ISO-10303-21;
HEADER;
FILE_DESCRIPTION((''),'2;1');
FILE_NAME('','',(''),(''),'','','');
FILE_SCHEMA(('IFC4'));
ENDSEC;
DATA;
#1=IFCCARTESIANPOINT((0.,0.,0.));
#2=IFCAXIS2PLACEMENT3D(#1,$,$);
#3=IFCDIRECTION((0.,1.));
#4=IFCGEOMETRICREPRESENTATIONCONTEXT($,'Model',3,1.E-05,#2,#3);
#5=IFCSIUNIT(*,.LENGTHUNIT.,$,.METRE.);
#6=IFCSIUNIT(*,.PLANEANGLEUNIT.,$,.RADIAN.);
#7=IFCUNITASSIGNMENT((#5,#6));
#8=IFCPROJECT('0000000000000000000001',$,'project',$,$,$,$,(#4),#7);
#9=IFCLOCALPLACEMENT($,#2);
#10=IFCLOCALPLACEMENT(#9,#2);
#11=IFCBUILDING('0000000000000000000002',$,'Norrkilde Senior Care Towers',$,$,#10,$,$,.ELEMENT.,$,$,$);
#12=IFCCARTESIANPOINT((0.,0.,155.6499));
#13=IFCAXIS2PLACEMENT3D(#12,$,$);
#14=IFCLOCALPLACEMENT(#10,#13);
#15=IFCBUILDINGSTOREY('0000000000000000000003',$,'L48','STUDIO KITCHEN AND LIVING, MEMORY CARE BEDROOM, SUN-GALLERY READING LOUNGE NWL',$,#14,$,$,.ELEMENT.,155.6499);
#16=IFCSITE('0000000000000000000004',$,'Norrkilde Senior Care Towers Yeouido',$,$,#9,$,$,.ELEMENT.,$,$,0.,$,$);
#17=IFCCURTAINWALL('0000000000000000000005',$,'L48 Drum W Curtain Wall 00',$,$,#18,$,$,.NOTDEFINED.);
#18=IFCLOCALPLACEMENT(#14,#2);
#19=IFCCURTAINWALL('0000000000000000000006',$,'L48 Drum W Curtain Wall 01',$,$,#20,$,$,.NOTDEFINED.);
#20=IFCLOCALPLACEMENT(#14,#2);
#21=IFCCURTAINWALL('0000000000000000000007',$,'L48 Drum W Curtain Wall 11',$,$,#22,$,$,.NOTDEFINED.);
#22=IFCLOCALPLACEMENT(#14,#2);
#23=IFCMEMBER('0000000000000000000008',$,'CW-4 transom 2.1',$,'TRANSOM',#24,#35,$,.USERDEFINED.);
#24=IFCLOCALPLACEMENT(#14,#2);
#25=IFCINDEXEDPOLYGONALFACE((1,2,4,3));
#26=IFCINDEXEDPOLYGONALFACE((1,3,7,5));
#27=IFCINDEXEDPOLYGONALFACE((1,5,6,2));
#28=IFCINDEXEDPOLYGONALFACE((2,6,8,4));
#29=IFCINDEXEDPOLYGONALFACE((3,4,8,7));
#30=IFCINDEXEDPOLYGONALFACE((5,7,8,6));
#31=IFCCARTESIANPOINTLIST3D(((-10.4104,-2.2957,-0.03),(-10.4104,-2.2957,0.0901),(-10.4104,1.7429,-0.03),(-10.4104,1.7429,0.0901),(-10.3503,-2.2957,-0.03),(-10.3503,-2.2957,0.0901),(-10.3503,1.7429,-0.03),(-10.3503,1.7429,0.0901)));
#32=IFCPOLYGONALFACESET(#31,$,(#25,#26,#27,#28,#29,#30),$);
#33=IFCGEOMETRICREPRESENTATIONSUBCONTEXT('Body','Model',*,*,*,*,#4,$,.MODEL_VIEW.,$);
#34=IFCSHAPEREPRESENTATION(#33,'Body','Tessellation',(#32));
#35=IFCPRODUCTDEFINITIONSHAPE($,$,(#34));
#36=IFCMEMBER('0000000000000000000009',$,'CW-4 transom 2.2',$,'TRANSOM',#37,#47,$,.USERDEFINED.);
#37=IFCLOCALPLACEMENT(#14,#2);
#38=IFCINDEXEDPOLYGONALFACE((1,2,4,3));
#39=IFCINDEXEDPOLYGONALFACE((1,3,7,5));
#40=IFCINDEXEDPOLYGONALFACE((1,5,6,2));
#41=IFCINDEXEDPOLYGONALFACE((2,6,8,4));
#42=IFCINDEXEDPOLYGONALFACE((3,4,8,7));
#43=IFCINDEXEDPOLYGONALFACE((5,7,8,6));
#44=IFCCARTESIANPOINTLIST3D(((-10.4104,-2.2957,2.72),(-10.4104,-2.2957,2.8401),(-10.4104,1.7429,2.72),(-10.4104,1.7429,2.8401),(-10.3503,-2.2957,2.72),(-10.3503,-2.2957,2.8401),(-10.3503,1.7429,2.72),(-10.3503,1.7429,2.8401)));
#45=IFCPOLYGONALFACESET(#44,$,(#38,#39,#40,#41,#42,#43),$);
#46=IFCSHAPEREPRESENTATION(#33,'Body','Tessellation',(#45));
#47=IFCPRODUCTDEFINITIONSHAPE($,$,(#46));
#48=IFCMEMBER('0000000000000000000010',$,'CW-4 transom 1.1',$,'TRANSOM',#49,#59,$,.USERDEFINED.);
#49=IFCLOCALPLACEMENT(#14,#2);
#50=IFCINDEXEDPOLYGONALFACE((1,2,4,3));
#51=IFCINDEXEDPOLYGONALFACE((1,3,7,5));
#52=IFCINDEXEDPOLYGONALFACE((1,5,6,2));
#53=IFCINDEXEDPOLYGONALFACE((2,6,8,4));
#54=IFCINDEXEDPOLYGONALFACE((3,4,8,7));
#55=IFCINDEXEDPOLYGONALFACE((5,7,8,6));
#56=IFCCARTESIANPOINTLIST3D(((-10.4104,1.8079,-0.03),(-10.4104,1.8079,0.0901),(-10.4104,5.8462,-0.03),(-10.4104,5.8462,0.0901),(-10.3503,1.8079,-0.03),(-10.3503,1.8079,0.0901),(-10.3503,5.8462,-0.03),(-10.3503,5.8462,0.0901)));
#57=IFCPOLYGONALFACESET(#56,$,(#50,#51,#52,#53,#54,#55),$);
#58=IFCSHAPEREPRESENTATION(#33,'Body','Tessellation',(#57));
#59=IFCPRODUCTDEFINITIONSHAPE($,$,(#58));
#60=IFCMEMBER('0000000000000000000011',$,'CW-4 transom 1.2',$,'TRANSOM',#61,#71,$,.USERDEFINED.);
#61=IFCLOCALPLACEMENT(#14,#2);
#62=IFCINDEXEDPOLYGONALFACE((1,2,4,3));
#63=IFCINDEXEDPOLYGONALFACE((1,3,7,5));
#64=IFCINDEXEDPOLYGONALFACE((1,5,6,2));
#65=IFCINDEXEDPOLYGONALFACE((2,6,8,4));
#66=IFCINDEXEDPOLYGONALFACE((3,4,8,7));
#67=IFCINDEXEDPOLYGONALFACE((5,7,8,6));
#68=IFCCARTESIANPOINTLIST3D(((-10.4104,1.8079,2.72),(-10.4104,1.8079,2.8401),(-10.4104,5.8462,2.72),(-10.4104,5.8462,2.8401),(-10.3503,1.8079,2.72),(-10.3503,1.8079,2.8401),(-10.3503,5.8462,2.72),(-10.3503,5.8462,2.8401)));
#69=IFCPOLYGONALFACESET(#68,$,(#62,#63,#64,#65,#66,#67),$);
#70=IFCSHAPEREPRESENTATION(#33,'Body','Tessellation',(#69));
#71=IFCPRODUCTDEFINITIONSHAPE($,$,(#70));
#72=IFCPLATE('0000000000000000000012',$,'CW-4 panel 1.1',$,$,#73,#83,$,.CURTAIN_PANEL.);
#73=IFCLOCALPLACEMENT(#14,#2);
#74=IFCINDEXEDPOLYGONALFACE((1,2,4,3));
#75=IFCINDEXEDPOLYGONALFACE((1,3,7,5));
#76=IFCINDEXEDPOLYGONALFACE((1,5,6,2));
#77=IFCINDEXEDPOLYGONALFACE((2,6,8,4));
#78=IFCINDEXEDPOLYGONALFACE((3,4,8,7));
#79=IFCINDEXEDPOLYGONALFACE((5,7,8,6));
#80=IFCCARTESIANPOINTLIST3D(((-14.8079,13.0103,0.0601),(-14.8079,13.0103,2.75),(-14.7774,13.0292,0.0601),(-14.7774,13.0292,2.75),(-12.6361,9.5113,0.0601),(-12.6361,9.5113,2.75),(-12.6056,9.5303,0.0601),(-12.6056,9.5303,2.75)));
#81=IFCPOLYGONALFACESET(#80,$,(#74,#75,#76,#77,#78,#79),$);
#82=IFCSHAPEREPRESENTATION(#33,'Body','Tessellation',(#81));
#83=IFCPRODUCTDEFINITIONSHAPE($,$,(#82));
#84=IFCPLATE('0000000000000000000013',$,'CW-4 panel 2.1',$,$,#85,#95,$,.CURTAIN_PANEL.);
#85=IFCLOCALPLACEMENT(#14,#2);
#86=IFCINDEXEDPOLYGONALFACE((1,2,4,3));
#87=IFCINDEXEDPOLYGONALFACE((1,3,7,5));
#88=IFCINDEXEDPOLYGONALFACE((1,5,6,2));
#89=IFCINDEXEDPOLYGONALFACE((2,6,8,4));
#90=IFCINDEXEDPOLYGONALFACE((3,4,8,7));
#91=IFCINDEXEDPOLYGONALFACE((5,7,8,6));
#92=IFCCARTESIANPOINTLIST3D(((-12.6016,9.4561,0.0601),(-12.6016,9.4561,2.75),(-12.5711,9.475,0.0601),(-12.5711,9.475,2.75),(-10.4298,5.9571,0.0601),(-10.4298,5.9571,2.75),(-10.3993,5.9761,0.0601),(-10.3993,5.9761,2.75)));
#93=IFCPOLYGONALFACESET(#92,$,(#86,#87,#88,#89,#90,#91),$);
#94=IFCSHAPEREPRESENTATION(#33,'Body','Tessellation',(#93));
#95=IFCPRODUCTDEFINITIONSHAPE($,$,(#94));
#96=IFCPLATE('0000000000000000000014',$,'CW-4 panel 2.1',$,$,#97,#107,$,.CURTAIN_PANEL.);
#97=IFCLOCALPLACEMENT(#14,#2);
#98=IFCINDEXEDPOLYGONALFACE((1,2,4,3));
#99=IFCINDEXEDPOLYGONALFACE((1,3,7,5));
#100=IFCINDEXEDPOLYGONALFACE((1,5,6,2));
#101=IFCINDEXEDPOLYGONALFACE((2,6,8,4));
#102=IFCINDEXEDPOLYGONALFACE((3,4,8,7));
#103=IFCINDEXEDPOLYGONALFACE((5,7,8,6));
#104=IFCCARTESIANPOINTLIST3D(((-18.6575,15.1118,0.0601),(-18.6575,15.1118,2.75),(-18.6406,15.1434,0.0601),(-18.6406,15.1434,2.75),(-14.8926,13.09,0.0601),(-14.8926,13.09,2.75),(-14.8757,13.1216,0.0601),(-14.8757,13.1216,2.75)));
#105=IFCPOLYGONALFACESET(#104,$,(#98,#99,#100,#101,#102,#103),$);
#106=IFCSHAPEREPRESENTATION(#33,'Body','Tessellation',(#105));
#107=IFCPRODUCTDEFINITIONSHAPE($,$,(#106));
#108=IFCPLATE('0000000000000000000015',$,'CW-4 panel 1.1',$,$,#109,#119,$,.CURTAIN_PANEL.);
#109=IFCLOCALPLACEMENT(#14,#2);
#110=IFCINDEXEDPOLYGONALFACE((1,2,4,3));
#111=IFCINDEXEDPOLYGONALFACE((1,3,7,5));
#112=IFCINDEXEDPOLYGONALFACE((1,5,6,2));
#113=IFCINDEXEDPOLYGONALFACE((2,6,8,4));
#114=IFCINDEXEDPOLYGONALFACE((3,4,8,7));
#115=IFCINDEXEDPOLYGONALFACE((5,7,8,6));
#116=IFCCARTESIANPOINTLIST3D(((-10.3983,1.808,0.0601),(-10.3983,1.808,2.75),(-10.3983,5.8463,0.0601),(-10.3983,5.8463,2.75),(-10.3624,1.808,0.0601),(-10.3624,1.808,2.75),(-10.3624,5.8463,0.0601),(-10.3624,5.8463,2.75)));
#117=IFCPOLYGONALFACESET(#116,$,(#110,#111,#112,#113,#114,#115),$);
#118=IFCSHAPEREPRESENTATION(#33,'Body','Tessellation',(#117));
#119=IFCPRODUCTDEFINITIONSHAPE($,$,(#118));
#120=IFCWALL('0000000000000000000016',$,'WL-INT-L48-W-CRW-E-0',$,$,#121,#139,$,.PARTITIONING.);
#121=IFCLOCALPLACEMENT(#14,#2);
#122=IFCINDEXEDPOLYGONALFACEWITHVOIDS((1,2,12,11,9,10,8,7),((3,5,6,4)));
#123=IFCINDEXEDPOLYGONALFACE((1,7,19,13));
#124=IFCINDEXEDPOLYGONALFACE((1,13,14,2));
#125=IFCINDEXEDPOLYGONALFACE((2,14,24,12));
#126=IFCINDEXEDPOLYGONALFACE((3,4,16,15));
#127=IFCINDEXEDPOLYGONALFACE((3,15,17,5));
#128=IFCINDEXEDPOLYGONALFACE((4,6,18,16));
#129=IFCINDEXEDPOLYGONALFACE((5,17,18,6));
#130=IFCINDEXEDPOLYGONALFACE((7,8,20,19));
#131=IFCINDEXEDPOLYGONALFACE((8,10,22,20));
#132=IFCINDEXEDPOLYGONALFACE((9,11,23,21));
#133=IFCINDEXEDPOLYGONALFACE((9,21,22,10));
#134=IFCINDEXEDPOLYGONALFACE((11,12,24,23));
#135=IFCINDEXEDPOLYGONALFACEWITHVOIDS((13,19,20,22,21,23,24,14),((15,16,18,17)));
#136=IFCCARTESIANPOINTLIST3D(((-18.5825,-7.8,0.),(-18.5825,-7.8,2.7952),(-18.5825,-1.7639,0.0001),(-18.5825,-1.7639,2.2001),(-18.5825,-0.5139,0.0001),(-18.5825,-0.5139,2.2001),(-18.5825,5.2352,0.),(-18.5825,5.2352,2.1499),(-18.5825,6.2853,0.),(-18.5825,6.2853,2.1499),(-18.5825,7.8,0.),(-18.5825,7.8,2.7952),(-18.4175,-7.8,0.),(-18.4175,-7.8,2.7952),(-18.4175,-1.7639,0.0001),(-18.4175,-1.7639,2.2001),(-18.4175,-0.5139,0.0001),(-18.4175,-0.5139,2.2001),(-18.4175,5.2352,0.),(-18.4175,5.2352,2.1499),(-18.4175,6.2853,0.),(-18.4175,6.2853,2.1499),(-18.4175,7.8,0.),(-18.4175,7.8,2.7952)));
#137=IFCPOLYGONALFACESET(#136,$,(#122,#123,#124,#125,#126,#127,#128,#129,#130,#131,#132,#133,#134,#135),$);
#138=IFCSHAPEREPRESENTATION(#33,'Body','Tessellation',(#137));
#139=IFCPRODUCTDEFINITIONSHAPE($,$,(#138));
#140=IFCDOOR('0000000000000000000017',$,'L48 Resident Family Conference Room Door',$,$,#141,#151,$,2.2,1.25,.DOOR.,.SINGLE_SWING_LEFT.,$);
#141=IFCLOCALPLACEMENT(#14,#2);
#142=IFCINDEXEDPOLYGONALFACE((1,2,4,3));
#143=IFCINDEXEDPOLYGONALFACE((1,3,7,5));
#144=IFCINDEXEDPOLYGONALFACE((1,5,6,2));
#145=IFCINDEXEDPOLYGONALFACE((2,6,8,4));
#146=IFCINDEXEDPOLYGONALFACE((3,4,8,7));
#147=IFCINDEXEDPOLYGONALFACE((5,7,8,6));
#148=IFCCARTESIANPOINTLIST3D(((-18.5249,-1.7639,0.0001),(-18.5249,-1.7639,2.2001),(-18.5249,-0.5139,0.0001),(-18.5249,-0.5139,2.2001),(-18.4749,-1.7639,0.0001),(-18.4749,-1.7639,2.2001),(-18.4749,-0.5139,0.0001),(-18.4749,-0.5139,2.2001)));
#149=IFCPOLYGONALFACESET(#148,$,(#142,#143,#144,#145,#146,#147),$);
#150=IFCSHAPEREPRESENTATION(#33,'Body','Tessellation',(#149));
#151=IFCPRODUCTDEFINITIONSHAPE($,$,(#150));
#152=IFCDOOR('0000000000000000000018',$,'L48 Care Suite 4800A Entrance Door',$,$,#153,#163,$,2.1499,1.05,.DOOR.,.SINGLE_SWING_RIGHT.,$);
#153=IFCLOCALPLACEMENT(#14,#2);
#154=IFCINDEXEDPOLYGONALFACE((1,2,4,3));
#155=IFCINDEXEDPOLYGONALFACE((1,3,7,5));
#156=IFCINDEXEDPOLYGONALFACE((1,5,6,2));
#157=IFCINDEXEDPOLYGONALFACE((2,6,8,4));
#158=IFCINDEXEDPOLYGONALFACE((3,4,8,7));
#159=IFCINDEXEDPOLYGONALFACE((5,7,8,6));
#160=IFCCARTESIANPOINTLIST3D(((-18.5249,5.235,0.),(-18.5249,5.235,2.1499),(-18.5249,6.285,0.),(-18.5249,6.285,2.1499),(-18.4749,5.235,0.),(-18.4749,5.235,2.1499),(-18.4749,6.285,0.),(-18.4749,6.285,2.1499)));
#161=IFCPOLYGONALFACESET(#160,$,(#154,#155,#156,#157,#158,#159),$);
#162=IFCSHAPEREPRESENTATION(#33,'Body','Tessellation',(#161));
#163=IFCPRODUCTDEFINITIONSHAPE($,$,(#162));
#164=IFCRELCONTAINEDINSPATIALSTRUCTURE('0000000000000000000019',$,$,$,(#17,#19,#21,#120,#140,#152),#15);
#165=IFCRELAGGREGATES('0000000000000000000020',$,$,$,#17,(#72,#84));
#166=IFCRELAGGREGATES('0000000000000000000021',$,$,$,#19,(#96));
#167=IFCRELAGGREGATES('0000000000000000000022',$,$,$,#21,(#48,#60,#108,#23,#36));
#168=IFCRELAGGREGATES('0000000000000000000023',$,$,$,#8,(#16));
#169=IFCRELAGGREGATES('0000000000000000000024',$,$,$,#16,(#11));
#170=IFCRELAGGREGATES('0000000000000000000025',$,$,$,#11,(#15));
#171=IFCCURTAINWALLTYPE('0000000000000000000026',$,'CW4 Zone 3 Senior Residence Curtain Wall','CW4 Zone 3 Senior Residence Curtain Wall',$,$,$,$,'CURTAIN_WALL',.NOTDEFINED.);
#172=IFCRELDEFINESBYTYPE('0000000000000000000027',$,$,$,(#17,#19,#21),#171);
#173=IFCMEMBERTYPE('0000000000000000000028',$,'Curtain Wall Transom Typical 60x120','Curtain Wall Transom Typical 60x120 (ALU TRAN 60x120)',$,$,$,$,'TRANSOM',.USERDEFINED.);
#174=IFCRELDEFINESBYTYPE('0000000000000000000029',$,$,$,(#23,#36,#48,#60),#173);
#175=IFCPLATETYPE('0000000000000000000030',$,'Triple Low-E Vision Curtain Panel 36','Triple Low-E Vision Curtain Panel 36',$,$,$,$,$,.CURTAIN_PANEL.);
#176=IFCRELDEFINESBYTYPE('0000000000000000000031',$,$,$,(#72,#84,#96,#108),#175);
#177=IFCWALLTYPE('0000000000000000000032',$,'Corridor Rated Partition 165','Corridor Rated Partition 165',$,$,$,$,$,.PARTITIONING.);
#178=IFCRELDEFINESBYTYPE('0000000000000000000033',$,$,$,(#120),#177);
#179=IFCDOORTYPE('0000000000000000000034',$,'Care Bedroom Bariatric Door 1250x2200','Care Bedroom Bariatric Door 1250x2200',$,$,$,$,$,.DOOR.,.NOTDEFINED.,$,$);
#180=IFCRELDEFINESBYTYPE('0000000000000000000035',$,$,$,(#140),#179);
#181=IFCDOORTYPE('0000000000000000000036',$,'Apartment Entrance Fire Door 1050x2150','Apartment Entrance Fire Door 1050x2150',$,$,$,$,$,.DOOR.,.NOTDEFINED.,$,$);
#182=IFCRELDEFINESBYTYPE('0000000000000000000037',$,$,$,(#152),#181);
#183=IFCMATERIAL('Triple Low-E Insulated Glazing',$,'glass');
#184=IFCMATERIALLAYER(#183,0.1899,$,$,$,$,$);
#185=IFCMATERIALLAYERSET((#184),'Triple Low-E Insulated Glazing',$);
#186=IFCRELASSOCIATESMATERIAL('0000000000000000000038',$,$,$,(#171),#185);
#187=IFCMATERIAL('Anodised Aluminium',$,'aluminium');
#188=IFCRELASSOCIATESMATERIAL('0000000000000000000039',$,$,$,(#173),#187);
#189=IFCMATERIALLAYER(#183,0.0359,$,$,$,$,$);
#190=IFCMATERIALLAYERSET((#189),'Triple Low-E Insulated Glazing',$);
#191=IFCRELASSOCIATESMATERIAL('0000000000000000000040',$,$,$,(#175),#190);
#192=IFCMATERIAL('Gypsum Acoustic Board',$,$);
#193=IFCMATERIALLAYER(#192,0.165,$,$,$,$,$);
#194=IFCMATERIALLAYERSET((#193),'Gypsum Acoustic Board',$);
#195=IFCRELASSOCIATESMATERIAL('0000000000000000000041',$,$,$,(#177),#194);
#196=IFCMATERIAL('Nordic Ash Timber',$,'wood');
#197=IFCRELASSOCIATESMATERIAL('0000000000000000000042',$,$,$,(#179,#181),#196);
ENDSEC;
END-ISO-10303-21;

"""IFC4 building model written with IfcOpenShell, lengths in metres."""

from ifc_helpers import new_model, si_unit, direction, frame, frame_2d, origin, origin_2d, place, context, subcontext, project, spatial, rectangle, extrude, source, transform, mapped, material, layer, layer_set, material_profile, profile_set, type_object, type_shapes, element, fill, aggregate, save


model = new_model("IFC4")

# Units and contexts
model_context = context("Model", 3, precision=1e-05, world=origin(), true_north=direction((0.0, 1.0)))
body_context = subcontext(model_context, "Body", "Model", "MODEL_VIEW")
ifc_project = project(units=[si_unit("LENGTHUNIT", "METRE"), si_unit("PLANEANGLEUNIT", "RADIAN")], contexts=[model_context])

# Site, building, storey
site_placement = place(None, origin())
site = spatial("IfcSite", under=ifc_project, at=site_placement, Name="Norrkilde Senior Care Towers Yeouido", CompositionType="ELEMENT", RefElevation=0.0)
building_placement = place(site_placement, origin())
building = spatial("IfcBuilding", under=site, at=building_placement, Name="Norrkilde Senior Care Towers", CompositionType="ELEMENT")
storey_placement = place(building_placement, frame((0.0, 0.0, 155.6499)))
storey = spatial("IfcBuildingStorey", under=building, at=storey_placement, Name="L48", Description="STUDIO KITCHEN AND LIVING, MEMORY CARE BEDROOM, SUN-GALLERY READING LOUNGE NWL", CompositionType="ELEMENT", Elevation=155.6499)

# Curtain wall
ifc_material_1 = material(Name="Triple Low-E Insulated Glazing", Category="glass")
ifc_layer_1 = layer(ifc_material_1, 0.1899)
ifc_layer_set_1 = layer_set([ifc_layer_1], Name="Triple Low-E Insulated Glazing")
curtain_wall_type = type_object("IfcCurtainWallType", Name="CW4 Zone 3 Senior Residence Curtain Wall", Description="CW4 Zone 3 Senior Residence Curtain Wall", ElementType="CURTAIN_WALL", PredefinedType="NOTDEFINED", material=ifc_layer_set_1)
curtain_wall_1_placement = place(storey_placement, origin())
curtain_wall_1 = element("IfcCurtainWall", 1, at=curtain_wall_1_placement, inside=storey, type_object=curtain_wall_type, Name="L48 Drum W Curtain Wall 00", PredefinedType="NOTDEFINED")
ifc_material_2 = material(Name="Anodised Aluminium", Category="aluminium")

# Curtain wall
curtain_wall_2_placement = place(storey_placement, origin())
curtain_wall_2 = element("IfcCurtainWall", 2, at=curtain_wall_2_placement, inside=storey, type_object=curtain_wall_type, Name="L48 Drum W Curtain Wall 01", PredefinedType="NOTDEFINED")

# Curtain wall
curtain_wall_3_placement = place(storey_placement, origin())
curtain_wall_3 = element("IfcCurtainWall", 3, at=curtain_wall_3_placement, inside=storey, type_object=curtain_wall_type, Name="L48 Drum W Curtain Wall 11", PredefinedType="NOTDEFINED")

# Members
ifc_material_profile_1 = material_profile(ifc_material_2, rectangle(XDim=0.0601, YDim=0.1201, at=origin_2d()), Name="ALU TRAN 60x120")
ifc_profile_set_1 = profile_set([ifc_material_profile_1], Name="Anodised Aluminium")
member_type_1 = type_object("IfcMemberType", Name="Curtain Wall Transom Typical 60x120", Description="Curtain Wall Transom Typical 60x120 (ALU TRAN 60x120)", ElementType="TRANSOM", PredefinedType="USERDEFINED", material=ifc_profile_set_1)
shared_shape_1 = source(origin(), body_context, "Body", "SweptSolid", [
    extrude(rectangle(XDim=0.0601, YDim=0.1201, at=origin_2d()), origin(), (0.0, 0.0, 1.0), 4.0386),
])
member_1_placement = place(storey_placement, frame((-10.3804, 1.7429, 0.03), z_axis=(0.0, -1.0, 0.0), x_axis=(1.0, 0.0, 0.0)))
member_1 = element("IfcMember", 4, at=member_1_placement, type_object=member_type_1, Name="CW-4 transom 2.1", ObjectType="TRANSOM", PredefinedType="USERDEFINED", context=body_context, shape_type="MappedRepresentation", body=[
    mapped(shared_shape_1, transform((0.0, 0.0, 0.0), x_axis=(1.0, 0.0, 0.0), y_axis=(0.0, 1.0, 0.0), z_axis=(0.0, 0.0, 1.0), scale=1.0)),
])
member_2_placement = place(storey_placement, frame((-10.3804, 1.7429, 2.78), z_axis=(0.0, -1.0, 0.0), x_axis=(1.0, 0.0, 0.0)))
member_2 = element("IfcMember", 5, at=member_2_placement, type_object=member_type_1, Name="CW-4 transom 2.2", ObjectType="TRANSOM", PredefinedType="USERDEFINED", context=body_context, shape_type="MappedRepresentation", body=[
    mapped(shared_shape_1, transform((0.0, 0.0, 0.0), x_axis=(1.0, 0.0, 0.0), y_axis=(0.0, 1.0, 0.0), z_axis=(0.0, 0.0, 1.0), scale=1.0)),
])
shared_shape_2 = source(origin(), body_context, "Body", "SweptSolid", [
    extrude(rectangle(XDim=0.0601, YDim=0.1201, at=origin_2d()), origin(), (0.0, 0.0, 1.0), 4.0383),
])
member_3_placement = place(storey_placement, frame((-10.3804, 5.8462, 0.03), z_axis=(0.0, -1.0, 0.0), x_axis=(1.0, 0.0, 0.0)))
member_3 = element("IfcMember", 6, at=member_3_placement, type_object=member_type_1, Name="CW-4 transom 1.1", ObjectType="TRANSOM", PredefinedType="USERDEFINED", context=body_context, shape_type="MappedRepresentation", body=[
    mapped(shared_shape_2, transform((0.0, 0.0, 0.0), x_axis=(1.0, 0.0, 0.0), y_axis=(0.0, 1.0, 0.0), z_axis=(0.0, 0.0, 1.0), scale=1.0)),
])
member_4_placement = place(storey_placement, frame((-10.3804, 5.8462, 2.78), z_axis=(0.0, -1.0, 0.0), x_axis=(1.0, 0.0, 0.0)))
member_4 = element("IfcMember", 7, at=member_4_placement, type_object=member_type_1, Name="CW-4 transom 1.2", ObjectType="TRANSOM", PredefinedType="USERDEFINED", context=body_context, shape_type="MappedRepresentation", body=[
    mapped(shared_shape_2, transform((0.0, 0.0, 0.0), x_axis=(1.0, 0.0, 0.0), y_axis=(0.0, 1.0, 0.0), z_axis=(0.0, 0.0, 1.0), scale=1.0)),
])

# Plates
ifc_layer_2 = layer(ifc_material_1, 0.0359)
ifc_layer_set_2 = layer_set([ifc_layer_2], Name="Triple Low-E Insulated Glazing")
plate_type = type_object("IfcPlateType", Name="Triple Low-E Vision Curtain Panel 36", Description="Triple Low-E Vision Curtain Panel 36", PredefinedType="CURTAIN_PANEL", material=ifc_layer_set_2)
shared_shape_3 = source(origin(), body_context, "Body", "SweptSolid", [
    extrude(rectangle(XDim=4.1182, YDim=0.0359, at=origin_2d()), origin(), (0.0, 0.0, 1.0), 2.6899),
])
plate_1_placement = place(storey_placement, frame((-13.7068, 11.2703, 0.0601), z_axis=(0.0, 0.0, 1.0), x_axis=(0.527373, -0.849634, 0.0)))
plate_1 = element("IfcPlate", 8, at=plate_1_placement, type_object=plate_type, Name="CW-4 panel 1.1", PredefinedType="CURTAIN_PANEL", context=body_context, shape_type="MappedRepresentation", body=[
    mapped(shared_shape_3, transform((0.0, 0.0, 0.0), x_axis=(1.0, 0.0, 0.0), y_axis=(0.0, 1.0, 0.0), z_axis=(0.0, 0.0, 1.0), scale=1.0)),
])
plate_2_placement = place(storey_placement, frame((-11.5005, 7.7161, 0.0601), z_axis=(0.0, 0.0, 1.0), x_axis=(0.527373, -0.849634, 0.0)))
plate_2 = element("IfcPlate", 9, at=plate_2_placement, type_object=plate_type, Name="CW-4 panel 2.1", PredefinedType="CURTAIN_PANEL", context=body_context, shape_type="MappedRepresentation", body=[
    mapped(shared_shape_3, transform((0.0, 0.0, 0.0), x_axis=(1.0, 0.0, 0.0), y_axis=(0.0, 1.0, 0.0), z_axis=(0.0, 0.0, 1.0), scale=1.0)),
])
aggregate(curtain_wall_1, [plate_1, plate_2])
shared_shape_4 = source(origin(), body_context, "Body", "SweptSolid", [
    extrude(rectangle(XDim=4.2734, YDim=0.0359, at=origin_2d()), origin(), (0.0, 0.0, 1.0), 2.6899),
])
plate_3_placement = place(storey_placement, frame((-16.7666, 14.1167, 0.0601), z_axis=(0.0, 0.0, 1.0), x_axis=(0.881, -0.473117, 0.0)))
plate_3 = element("IfcPlate", 10, at=plate_3_placement, type_object=plate_type, Name="CW-4 panel 2.1", PredefinedType="CURTAIN_PANEL", context=body_context, shape_type="MappedRepresentation", body=[
    mapped(shared_shape_4, transform((0.0, 0.0, 0.0), x_axis=(1.0, 0.0, 0.0), y_axis=(0.0, 1.0, 0.0), z_axis=(0.0, 0.0, 1.0), scale=1.0)),
])
aggregate(curtain_wall_2, [plate_3])
shared_shape_5 = source(origin(), body_context, "Body", "SweptSolid", [
    extrude(rectangle(XDim=4.0383, YDim=0.0359, at=origin_2d()), origin(), (0.0, 0.0, 1.0), 2.6899),
])
type_shapes(plate_type, [shared_shape_3, shared_shape_4, shared_shape_5])
plate_4_placement = place(storey_placement, frame((-10.3804, 3.8271, 0.0601), z_axis=(0.0, 0.0, 1.0), x_axis=(0.0, -1.0, 0.0)))
plate_4 = element("IfcPlate", 11, at=plate_4_placement, type_object=plate_type, Name="CW-4 panel 1.1", PredefinedType="CURTAIN_PANEL", context=body_context, shape_type="MappedRepresentation", body=[
    mapped(shared_shape_5, transform((0.0, 0.0, 0.0), x_axis=(1.0, 0.0, 0.0), y_axis=(0.0, 1.0, 0.0), z_axis=(0.0, 0.0, 1.0), scale=1.0)),
])
aggregate(curtain_wall_3, [member_3, member_4, plate_4, member_1, member_2])

# Wall, openings, doors
ifc_material_3 = material(Name="Gypsum Acoustic Board")
ifc_layer_3 = layer(ifc_material_3, 0.165)
ifc_layer_set_3 = layer_set([ifc_layer_3], Name="Gypsum Acoustic Board")
wall_type_1 = type_object("IfcWallType", Name="Corridor Rated Partition 165", Description="Corridor Rated Partition 165", PredefinedType="PARTITIONING", material=ifc_layer_set_3)
shared_shape_6 = source(origin(), body_context, "Body", "SweptSolid", [
    extrude(rectangle(XDim=15.6001, YDim=0.165, at=frame_2d((7.8, 0.0))), origin(), (0.0, 0.0, 1.0), 2.7952),
])
type_shapes(wall_type_1, [shared_shape_6])
wall_1_placement = place(storey_placement, frame((-18.5, 7.8, 0.0), z_axis=(0.0, 0.0, 1.0), x_axis=(0.0, -1.0, 0.0)))
wall_1 = element("IfcWall", 12, at=wall_1_placement, inside=storey, type_object=wall_type_1, Name="WL-INT-L48-W-CRW-E-0", PredefinedType="PARTITIONING", context=body_context, shape_type="MappedRepresentation", body=[
    mapped(shared_shape_6, transform((0.0, 0.0, 0.0), x_axis=(1.0, 0.0, 0.0), y_axis=(0.0, 1.0, 0.0), z_axis=(0.0, 0.0, 1.0), scale=1.0)),
])
opening_1_placement = place(wall_1_placement, frame((8.314, 0.0, 0.0)))
opening_1 = element("IfcOpeningElement", 13, at=opening_1_placement, cuts=wall_1, PredefinedType="OPENING", context=body_context, shape_type="SweptSolid", body=[
    extrude(rectangle(XDim=1.25, YDim=2.2, at=frame_2d((0.625, 1.1001))), frame((0.0, 0.0925, 0.0), z_axis=(0.0, -1.0, 0.0), x_axis=(1.0, 0.0, 0.0)), (0.0, 0.0, 1.0), 0.1851),
])
opening_2_placement = place(wall_1_placement, frame((1.5149, 0.0, 0.0)))
opening_2 = element("IfcOpeningElement", 14, at=opening_2_placement, cuts=wall_1, PredefinedType="OPENING", context=body_context, shape_type="SweptSolid", body=[
    extrude(rectangle(XDim=1.05, YDim=2.1499, at=frame_2d((0.5249, 1.075))), frame((0.0, 0.0925, 0.0), z_axis=(0.0, -1.0, 0.0), x_axis=(1.0, 0.0, 0.0)), (0.0, 0.0, 1.0), 0.1851),
])
ifc_material_4 = material(Name="Nordic Ash Timber", Category="wood")
door_type_1 = type_object("IfcDoorType", Name="Care Bedroom Bariatric Door 1250x2200", Description="Care Bedroom Bariatric Door 1250x2200", OperationType="NOTDEFINED", PredefinedType="DOOR", material=ifc_material_4)
shared_shape_7 = source(origin(), body_context, "Body", "SweptSolid", [
    extrude(rectangle(XDim=1.25, YDim=2.2, at=frame_2d((0.625, 1.1001))), frame((0.0, 0.0249, 0.0), z_axis=(0.0, -1.0, 0.0), x_axis=(1.0, 0.0, 0.0)), (0.0, 0.0, 1.0), 0.05),
])
type_shapes(door_type_1, [shared_shape_7])
door_1_placement = place(opening_1_placement, frame((1.25, 0.0, 0.0), z_axis=(0.0, 0.0, 1.0), x_axis=(-1.0, 0.0, 0.0)))
door_1 = element("IfcDoor", 15, at=door_1_placement, inside=storey, type_object=door_type_1, Name="L48 Resident Family Conference Room Door", OperationType="SINGLE_SWING_LEFT", OverallHeight=2.2, OverallWidth=1.25, PredefinedType="DOOR", context=body_context, shape_type="MappedRepresentation", body=[
    mapped(shared_shape_7, transform((0.0, 0.0, 0.0), x_axis=(1.0, 0.0, 0.0), y_axis=(0.0, 1.0, 0.0), z_axis=(0.0, 0.0, 1.0), scale=1.0)),
])
fill(opening_1, door_1)
door_type_2 = type_object("IfcDoorType", Name="Apartment Entrance Fire Door 1050x2150", Description="Apartment Entrance Fire Door 1050x2150", OperationType="NOTDEFINED", PredefinedType="DOOR", material=ifc_material_4)
shared_shape_8 = source(origin(), body_context, "Body", "SweptSolid", [
    extrude(rectangle(XDim=1.05, YDim=2.1499, at=frame_2d((0.5249, 1.075))), frame((0.0, 0.0249, 0.0), z_axis=(0.0, -1.0, 0.0), x_axis=(1.0, 0.0, 0.0)), (0.0, 0.0, 1.0), 0.05),
])
type_shapes(door_type_2, [shared_shape_8])
door_2_placement = place(opening_2_placement, frame((1.05, 0.0, 0.0), z_axis=(0.0, 0.0, 1.0), x_axis=(-1.0, 0.0, 0.0)))
door_2 = element("IfcDoor", 16, at=door_2_placement, inside=storey, type_object=door_type_2, Name="L48 Care Suite 4800A Entrance Door", OperationType="SINGLE_SWING_RIGHT", OverallHeight=2.1499, OverallWidth=1.05, PredefinedType="DOOR", context=body_context, shape_type="MappedRepresentation", body=[
    mapped(shared_shape_8, transform((0.0, 0.0, 0.0), x_axis=(1.0, 0.0, 0.0), y_axis=(0.0, 1.0, 0.0), z_axis=(0.0, 0.0, 1.0), scale=1.0)),
])
fill(opening_2, door_2)

save(model, "model.ifc")
